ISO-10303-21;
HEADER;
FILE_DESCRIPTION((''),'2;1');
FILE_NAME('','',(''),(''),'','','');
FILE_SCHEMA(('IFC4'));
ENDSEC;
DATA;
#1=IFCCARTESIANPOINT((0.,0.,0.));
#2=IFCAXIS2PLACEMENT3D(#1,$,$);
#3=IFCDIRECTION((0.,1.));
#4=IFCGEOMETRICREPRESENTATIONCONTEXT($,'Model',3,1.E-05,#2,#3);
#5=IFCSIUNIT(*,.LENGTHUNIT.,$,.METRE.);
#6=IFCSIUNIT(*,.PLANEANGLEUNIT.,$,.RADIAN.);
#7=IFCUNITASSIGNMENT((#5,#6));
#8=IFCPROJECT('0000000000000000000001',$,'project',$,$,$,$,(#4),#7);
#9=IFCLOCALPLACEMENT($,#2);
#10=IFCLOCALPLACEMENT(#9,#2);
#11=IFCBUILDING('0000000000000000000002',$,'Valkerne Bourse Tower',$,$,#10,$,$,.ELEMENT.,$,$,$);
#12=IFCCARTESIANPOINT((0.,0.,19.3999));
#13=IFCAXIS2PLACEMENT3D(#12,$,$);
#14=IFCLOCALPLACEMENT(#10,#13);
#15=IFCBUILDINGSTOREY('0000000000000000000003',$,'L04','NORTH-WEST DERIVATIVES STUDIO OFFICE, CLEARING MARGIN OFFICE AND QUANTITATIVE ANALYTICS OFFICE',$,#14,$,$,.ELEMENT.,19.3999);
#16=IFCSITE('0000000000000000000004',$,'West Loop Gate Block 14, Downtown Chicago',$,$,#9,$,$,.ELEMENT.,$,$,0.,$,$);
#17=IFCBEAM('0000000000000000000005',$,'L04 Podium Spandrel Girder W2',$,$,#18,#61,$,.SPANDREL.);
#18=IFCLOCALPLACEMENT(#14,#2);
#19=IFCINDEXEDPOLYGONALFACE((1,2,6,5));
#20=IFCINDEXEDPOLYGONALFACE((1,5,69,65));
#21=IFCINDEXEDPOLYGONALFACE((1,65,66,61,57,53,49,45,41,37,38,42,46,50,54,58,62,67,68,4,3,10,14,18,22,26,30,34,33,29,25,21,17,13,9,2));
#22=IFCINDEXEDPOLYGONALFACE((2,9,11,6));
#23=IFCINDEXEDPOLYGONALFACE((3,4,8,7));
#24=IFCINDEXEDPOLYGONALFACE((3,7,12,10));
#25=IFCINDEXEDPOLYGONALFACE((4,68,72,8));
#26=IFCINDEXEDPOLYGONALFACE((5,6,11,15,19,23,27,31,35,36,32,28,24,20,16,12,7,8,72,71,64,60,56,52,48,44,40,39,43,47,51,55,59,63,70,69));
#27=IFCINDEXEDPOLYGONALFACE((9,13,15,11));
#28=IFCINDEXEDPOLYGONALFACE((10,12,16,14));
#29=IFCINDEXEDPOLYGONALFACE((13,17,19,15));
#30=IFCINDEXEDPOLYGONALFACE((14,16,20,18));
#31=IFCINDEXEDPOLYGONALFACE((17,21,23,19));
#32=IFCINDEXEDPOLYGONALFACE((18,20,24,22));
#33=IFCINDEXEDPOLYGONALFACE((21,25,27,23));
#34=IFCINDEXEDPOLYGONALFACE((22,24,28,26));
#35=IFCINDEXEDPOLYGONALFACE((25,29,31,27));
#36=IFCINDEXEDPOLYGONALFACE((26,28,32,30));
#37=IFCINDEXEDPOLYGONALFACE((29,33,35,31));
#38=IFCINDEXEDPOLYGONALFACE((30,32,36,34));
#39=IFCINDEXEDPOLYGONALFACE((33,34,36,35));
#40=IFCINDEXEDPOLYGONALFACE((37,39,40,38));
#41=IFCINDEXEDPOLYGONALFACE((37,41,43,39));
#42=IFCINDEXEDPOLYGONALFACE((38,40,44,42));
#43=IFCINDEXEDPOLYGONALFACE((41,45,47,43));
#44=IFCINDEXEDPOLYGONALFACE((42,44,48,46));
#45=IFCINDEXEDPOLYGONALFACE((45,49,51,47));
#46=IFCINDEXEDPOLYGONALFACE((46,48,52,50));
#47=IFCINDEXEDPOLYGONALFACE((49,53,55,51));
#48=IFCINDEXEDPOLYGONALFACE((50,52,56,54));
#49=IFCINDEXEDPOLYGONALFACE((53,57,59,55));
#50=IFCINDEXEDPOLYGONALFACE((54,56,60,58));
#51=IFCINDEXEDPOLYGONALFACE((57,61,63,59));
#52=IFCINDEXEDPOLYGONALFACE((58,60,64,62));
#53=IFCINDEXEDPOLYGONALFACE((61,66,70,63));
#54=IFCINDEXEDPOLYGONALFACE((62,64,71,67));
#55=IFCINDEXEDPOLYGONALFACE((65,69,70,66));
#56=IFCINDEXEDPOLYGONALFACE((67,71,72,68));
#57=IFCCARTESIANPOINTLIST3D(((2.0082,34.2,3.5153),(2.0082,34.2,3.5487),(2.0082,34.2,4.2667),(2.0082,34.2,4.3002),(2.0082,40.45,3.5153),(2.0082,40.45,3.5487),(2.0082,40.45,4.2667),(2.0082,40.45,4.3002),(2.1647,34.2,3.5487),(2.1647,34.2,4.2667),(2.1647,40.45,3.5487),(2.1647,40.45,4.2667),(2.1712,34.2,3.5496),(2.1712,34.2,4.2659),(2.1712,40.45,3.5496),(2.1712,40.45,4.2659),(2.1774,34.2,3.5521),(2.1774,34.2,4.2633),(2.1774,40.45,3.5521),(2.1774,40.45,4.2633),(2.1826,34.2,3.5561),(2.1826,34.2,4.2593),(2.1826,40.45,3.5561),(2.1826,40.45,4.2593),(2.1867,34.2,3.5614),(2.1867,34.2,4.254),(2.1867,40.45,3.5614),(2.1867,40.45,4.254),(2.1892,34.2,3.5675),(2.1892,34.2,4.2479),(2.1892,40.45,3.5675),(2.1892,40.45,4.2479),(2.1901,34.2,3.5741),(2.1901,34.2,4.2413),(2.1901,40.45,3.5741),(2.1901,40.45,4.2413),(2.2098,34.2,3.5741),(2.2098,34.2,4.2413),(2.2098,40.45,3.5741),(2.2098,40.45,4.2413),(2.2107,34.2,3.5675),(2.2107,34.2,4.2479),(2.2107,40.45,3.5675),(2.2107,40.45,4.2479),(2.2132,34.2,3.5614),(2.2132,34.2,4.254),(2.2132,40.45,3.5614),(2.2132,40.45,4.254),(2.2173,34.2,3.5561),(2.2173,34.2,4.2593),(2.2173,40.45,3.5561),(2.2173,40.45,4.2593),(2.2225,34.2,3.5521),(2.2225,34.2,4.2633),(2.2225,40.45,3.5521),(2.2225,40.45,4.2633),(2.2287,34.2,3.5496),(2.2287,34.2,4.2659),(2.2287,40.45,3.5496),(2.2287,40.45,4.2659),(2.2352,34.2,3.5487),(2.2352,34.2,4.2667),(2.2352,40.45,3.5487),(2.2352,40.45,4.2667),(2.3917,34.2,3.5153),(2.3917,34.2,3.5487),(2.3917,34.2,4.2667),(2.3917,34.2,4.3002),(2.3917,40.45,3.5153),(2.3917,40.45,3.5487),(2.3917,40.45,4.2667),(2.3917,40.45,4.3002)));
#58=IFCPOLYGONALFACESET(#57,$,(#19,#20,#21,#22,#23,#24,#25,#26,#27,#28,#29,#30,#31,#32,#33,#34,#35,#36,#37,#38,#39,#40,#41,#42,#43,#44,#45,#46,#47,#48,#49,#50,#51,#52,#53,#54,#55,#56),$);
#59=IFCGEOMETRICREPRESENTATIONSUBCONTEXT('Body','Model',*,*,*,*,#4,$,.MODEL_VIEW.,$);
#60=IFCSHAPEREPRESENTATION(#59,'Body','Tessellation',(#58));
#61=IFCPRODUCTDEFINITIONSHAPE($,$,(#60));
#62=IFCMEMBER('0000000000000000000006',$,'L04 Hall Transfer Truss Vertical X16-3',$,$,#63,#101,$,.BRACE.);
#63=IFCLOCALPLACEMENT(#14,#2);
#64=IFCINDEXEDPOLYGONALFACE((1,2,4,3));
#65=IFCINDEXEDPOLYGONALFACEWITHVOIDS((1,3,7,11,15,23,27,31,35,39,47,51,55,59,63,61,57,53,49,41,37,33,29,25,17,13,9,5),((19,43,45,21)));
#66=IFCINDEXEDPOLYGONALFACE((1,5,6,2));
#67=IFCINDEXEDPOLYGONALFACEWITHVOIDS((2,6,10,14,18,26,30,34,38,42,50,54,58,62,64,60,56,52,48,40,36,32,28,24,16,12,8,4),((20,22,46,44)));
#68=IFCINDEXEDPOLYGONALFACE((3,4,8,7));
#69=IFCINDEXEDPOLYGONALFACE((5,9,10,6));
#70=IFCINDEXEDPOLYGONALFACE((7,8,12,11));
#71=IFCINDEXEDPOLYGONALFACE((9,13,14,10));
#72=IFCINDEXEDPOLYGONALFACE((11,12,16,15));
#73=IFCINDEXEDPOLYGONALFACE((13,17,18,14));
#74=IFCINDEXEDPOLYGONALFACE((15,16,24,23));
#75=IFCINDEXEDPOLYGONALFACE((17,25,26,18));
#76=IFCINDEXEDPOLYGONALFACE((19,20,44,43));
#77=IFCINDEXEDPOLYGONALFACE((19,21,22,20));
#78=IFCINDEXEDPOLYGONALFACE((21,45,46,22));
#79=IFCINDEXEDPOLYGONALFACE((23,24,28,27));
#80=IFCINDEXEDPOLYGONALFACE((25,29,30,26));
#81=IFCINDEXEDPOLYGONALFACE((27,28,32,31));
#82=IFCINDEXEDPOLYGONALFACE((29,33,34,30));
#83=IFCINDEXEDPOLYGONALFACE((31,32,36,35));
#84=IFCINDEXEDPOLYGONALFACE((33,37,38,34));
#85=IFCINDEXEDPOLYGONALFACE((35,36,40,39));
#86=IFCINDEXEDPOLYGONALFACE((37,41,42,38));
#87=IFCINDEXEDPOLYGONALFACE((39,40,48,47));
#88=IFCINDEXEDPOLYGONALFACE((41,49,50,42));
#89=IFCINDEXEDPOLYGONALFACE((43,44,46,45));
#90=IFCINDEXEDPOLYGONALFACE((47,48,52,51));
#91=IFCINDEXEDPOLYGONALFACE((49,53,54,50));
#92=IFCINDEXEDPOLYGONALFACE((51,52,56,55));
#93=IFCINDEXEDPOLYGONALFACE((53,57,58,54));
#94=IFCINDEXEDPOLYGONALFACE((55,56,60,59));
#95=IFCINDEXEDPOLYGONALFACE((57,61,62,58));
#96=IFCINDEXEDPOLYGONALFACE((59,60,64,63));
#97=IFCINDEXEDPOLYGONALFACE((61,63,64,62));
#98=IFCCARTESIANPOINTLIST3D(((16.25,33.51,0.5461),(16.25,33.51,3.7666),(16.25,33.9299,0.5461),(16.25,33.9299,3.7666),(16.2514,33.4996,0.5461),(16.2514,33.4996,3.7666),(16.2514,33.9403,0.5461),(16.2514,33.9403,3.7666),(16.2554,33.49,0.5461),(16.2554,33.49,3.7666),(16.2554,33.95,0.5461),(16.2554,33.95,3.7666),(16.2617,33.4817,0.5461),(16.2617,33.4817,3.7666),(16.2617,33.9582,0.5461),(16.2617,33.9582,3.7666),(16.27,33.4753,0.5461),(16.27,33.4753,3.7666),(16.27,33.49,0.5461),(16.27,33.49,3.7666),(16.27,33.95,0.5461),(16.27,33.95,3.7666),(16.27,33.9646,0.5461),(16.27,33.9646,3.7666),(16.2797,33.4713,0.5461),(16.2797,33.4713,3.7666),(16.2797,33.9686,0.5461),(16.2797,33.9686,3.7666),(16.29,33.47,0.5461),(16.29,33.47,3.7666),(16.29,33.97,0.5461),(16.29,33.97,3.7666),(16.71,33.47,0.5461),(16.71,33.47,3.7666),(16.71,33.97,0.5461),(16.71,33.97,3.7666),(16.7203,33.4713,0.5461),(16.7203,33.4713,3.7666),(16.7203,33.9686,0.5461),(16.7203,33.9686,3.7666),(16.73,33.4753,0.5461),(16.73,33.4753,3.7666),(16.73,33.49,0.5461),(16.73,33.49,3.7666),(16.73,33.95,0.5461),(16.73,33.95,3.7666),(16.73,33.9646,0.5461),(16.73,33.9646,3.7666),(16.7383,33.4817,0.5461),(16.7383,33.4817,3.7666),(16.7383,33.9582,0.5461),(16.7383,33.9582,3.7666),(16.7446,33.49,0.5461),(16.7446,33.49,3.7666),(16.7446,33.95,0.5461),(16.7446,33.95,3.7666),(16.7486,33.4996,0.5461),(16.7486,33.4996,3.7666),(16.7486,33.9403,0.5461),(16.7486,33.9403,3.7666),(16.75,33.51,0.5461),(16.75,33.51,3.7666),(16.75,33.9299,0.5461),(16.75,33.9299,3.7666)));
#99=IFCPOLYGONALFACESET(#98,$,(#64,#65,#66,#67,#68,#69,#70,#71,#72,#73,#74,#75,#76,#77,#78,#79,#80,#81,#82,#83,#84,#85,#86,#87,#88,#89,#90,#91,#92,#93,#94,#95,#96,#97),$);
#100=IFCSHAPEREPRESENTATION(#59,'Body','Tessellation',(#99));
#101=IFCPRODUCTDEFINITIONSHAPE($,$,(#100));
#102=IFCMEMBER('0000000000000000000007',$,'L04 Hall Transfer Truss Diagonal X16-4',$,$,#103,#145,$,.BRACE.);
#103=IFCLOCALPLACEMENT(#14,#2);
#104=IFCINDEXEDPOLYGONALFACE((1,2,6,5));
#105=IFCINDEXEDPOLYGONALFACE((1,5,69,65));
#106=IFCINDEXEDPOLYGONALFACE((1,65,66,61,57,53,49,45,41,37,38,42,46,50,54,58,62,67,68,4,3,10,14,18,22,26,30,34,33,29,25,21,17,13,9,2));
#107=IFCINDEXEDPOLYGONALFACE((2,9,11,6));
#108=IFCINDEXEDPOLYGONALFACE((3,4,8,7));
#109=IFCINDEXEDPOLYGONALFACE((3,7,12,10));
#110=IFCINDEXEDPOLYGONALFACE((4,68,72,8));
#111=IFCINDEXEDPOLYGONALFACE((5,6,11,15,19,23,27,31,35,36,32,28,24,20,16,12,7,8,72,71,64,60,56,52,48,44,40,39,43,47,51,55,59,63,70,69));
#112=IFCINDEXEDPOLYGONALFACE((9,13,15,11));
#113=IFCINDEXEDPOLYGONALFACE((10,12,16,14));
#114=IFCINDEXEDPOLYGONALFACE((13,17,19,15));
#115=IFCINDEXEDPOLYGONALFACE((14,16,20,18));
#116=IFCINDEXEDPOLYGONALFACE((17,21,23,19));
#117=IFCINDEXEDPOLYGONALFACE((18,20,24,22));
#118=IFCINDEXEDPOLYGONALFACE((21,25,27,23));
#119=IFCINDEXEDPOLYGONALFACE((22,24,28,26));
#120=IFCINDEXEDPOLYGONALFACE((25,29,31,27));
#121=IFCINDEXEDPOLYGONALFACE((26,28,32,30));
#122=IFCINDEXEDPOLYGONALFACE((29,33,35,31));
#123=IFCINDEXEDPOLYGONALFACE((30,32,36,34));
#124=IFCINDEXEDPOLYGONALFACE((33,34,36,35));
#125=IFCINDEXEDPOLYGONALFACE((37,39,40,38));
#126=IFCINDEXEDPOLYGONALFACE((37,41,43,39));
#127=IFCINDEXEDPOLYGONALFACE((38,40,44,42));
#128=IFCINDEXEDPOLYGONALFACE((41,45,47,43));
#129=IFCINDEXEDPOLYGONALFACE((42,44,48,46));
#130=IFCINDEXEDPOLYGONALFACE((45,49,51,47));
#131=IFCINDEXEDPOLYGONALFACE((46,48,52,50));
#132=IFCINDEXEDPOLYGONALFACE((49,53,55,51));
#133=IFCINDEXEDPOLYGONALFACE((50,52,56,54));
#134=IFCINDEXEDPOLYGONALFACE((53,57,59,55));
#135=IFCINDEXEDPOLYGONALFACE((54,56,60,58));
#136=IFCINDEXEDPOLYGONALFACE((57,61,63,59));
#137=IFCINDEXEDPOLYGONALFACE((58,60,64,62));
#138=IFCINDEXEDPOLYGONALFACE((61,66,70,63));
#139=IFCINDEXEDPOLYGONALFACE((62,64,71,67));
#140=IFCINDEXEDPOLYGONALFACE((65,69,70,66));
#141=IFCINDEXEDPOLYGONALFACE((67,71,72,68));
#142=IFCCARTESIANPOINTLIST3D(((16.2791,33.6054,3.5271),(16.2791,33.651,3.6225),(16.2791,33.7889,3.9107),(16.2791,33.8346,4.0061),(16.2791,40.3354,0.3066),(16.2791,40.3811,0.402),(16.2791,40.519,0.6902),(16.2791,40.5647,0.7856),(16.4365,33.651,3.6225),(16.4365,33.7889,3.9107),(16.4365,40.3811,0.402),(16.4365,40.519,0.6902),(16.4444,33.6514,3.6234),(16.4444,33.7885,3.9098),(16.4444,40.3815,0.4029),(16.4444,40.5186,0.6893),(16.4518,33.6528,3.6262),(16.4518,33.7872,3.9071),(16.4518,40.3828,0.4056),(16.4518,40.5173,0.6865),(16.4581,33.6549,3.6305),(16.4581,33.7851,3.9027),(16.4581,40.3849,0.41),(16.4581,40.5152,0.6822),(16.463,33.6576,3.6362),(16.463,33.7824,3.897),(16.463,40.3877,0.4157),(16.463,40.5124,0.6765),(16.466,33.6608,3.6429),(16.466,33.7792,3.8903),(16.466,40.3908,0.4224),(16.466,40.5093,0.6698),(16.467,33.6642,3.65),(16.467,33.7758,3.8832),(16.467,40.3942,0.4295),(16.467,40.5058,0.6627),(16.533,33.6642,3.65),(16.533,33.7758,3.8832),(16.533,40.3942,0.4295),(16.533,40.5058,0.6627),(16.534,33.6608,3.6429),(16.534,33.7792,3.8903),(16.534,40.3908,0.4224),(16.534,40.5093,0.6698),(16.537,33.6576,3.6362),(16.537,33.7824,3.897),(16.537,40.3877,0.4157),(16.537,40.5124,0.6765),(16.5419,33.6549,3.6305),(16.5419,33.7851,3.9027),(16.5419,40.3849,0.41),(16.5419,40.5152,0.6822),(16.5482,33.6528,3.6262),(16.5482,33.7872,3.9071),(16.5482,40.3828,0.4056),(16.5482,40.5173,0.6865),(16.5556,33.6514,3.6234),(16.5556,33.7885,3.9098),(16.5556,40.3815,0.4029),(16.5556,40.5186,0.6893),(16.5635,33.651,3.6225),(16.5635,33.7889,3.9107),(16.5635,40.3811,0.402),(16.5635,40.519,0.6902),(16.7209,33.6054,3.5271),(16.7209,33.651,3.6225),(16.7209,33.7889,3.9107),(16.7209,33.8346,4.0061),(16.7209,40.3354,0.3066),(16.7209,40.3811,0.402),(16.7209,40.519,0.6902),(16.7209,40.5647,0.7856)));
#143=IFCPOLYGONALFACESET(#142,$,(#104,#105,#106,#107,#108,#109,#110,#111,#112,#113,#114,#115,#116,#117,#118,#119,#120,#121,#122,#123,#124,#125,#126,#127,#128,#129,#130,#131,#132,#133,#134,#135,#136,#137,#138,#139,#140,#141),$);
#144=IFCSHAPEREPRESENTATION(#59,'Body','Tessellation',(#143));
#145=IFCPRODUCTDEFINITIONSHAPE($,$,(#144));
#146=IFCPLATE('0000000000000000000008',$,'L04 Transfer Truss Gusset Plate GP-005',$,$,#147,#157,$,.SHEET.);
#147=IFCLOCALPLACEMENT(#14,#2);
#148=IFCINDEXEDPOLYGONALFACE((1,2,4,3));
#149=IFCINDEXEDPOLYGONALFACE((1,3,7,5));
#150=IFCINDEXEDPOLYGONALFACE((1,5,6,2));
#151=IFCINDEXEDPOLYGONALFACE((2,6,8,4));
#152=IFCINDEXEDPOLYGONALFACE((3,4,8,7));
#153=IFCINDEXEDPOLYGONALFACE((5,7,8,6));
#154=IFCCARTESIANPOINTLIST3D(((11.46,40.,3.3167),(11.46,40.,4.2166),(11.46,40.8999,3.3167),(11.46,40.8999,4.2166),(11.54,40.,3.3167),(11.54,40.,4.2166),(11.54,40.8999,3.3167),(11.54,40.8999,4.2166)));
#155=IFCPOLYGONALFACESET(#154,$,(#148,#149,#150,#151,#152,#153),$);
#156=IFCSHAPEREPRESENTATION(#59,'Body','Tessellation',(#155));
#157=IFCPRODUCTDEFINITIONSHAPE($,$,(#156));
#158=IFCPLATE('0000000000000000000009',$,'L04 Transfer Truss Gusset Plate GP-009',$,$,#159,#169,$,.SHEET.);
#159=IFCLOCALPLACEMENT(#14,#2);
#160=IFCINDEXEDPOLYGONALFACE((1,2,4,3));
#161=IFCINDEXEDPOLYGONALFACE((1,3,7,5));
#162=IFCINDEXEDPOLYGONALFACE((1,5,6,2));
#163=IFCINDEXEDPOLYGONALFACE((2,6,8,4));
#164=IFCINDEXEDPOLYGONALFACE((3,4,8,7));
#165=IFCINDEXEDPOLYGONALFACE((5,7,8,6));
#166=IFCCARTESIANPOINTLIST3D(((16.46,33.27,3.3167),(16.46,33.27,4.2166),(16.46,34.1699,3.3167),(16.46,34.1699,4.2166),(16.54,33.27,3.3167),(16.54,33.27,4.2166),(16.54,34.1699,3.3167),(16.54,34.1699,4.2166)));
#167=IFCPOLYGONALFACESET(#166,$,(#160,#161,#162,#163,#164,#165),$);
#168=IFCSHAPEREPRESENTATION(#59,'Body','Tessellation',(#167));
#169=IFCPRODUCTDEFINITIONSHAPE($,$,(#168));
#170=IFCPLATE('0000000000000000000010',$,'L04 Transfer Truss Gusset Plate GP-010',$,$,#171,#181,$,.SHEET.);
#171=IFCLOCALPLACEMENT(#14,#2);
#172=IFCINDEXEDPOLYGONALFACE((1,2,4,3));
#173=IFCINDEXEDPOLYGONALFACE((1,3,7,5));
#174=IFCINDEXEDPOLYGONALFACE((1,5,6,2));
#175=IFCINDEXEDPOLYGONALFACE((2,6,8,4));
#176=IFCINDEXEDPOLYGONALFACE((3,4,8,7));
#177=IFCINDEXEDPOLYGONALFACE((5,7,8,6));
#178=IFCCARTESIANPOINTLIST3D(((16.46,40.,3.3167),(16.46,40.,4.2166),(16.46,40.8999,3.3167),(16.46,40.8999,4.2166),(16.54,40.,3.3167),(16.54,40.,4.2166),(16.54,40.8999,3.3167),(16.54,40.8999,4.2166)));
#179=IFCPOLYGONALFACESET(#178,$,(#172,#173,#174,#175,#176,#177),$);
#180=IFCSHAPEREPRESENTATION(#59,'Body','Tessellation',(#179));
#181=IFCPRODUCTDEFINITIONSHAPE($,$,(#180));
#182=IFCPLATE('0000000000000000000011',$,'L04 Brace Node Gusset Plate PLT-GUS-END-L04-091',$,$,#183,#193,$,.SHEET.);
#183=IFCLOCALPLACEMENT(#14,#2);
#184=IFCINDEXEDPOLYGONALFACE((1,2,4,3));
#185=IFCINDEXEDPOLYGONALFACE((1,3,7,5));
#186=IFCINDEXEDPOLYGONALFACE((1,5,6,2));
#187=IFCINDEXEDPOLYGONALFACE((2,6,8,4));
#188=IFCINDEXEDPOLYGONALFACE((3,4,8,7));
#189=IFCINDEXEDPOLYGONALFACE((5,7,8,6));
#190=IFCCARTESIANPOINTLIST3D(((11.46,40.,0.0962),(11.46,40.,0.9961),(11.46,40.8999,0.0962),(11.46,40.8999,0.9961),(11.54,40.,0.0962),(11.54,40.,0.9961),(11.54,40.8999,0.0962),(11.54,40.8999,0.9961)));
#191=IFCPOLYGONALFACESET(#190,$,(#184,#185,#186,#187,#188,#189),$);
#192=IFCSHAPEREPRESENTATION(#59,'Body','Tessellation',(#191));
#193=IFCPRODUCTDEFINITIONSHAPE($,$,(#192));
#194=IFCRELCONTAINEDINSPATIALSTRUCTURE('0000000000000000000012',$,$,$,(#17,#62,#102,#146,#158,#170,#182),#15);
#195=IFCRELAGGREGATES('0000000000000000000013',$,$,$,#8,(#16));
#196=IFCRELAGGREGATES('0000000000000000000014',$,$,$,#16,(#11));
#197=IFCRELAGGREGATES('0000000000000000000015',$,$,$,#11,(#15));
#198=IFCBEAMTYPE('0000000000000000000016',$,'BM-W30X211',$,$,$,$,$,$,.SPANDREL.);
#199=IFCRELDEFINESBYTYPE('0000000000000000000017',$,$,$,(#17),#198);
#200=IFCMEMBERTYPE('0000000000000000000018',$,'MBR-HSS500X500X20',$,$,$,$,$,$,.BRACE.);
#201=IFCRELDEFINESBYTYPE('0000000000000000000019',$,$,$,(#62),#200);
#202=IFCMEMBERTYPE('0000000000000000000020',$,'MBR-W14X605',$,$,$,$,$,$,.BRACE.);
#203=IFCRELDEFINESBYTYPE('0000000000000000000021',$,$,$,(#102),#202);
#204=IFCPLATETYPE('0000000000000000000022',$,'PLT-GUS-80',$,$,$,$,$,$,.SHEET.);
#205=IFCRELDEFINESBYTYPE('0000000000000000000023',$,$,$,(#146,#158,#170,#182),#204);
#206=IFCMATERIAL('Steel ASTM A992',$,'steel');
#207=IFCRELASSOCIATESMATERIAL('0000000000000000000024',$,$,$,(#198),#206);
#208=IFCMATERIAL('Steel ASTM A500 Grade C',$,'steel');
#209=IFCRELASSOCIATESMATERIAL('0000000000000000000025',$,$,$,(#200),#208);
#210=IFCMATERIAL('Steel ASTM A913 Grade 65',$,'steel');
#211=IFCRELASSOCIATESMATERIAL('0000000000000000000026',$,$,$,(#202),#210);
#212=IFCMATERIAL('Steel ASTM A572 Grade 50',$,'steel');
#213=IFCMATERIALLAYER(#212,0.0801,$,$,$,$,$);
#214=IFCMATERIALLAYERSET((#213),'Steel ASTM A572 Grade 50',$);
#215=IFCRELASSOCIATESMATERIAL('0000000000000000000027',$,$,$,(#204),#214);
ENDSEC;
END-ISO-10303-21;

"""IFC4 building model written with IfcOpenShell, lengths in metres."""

from ifc_helpers import new_model, si_unit, direction, frame, origin, origin_2d, place, context, subcontext, project, spatial, rectangle, hollow_rectangle, i_section, extrude, material, layer, layer_set, material_profile, profile_set, type_object, element, save


model = new_model("IFC4")

# Units and contexts
model_context = context("Model", 3, precision=1e-05, world=origin(), true_north=direction((0.0, 1.0)))
body_context = subcontext(model_context, "Body", "Model", "MODEL_VIEW")
ifc_project = project(units=[si_unit("LENGTHUNIT", "METRE"), si_unit("PLANEANGLEUNIT", "RADIAN")], contexts=[model_context])

# Site, building, storey
site_placement = place(None, origin())
site = spatial("IfcSite", under=ifc_project, at=site_placement, Name="West Loop Gate Block 14, Downtown Chicago", CompositionType="ELEMENT", RefElevation=0.0)
building_placement = place(site_placement, origin())
building = spatial("IfcBuilding", under=site, at=building_placement, Name="Valkerne Bourse Tower", CompositionType="ELEMENT")
storey_placement = place(building_placement, frame((0.0, 0.0, 19.3999)))
storey = spatial("IfcBuildingStorey", under=building, at=storey_placement, Name="L04", Description="NORTH-WEST DERIVATIVES STUDIO OFFICE, CLEARING MARGIN OFFICE AND QUANTITATIVE ANALYTICS OFFICE", CompositionType="ELEMENT", Elevation=19.3999)

# Beam
ifc_material_1 = material(Name="Steel ASTM A992", Category="steel")
ifc_material_profile_1 = material_profile(ifc_material_1, i_section(OverallWidth=0.3835, OverallDepth=0.7849, WebThickness=0.0198, FlangeThickness=0.0334, FilletRadius=0.0254, at=origin_2d()), Name="W30X211")
ifc_profile_set_1 = profile_set([ifc_material_profile_1], Name="Steel ASTM A992")
beam_type = type_object("IfcBeamType", Name="BM-W30X211", PredefinedType="SPANDREL", material=ifc_profile_set_1)
beam_1_placement = place(storey_placement, frame((2.2, 34.2, 3.9077), z_axis=(0.0, 1.0, 0.0), x_axis=(-1.0, 0.0, 0.0)))
element("IfcBeam", 1, at=beam_1_placement, inside=storey, type_object=beam_type, Name="L04 Podium Spandrel Girder W2", PredefinedType="SPANDREL", context=body_context, shape_type="SweptSolid", body=[
    extrude(i_section(OverallWidth=0.3835, OverallDepth=0.7849, WebThickness=0.0198, FlangeThickness=0.0334, FilletRadius=0.0254, at=origin_2d()), origin(), (0.0, 0.0, 1.0), 6.25),
])

# Members
ifc_material_2 = material(Name="Steel ASTM A500 Grade C", Category="steel")
ifc_material_profile_2 = material_profile(ifc_material_2, hollow_rectangle(XDim=0.5, YDim=0.5, WallThickness=0.02, OuterFilletRadius=0.04, at=origin_2d()), Name="HSS500X500X20")
ifc_profile_set_2 = profile_set([ifc_material_profile_2], Name="Steel ASTM A500 Grade C")
member_type_1 = type_object("IfcMemberType", Name="MBR-HSS500X500X20", PredefinedType="BRACE", material=ifc_profile_set_2)
member_1_placement = place(storey_placement, frame((16.5, 33.72, 0.5461), z_axis=(0.0, 0.0, 1.0), x_axis=(1.0, 0.0, 0.0)))
element("IfcMember", 2, at=member_1_placement, inside=storey, type_object=member_type_1, Name="L04 Hall Transfer Truss Vertical X16-3", PredefinedType="BRACE", context=body_context, shape_type="SweptSolid", body=[
    extrude(hollow_rectangle(XDim=0.5, YDim=0.5, WallThickness=0.02, OuterFilletRadius=0.04, at=origin_2d()), origin(), (0.0, 0.0, 1.0), 3.2205),
])
ifc_material_3 = material(Name="Steel ASTM A913 Grade 65", Category="steel")
ifc_material_profile_3 = material_profile(ifc_material_3, i_section(OverallWidth=0.4419, OverallDepth=0.531, WebThickness=0.0659, FlangeThickness=0.1057, FilletRadius=0.0305, at=origin_2d()), Name="W14X605")
ifc_profile_set_3 = profile_set([ifc_material_profile_3], Name="Steel ASTM A913 Grade 65")
member_type_2 = type_object("IfcMemberType", Name="MBR-W14X605", PredefinedType="BRACE", material=ifc_profile_set_3)
member_2_placement = place(storey_placement, frame((16.5, 33.72, 3.7666), z_axis=(0.0, 0.902042, -0.431649), x_axis=(-1.0, 0.0, 0.0)))
element("IfcMember", 3, at=member_2_placement, inside=storey, type_object=member_type_2, Name="L04 Hall Transfer Truss Diagonal X16-4", PredefinedType="BRACE", context=body_context, shape_type="SweptSolid", body=[
    extrude(i_section(OverallWidth=0.4419, OverallDepth=0.531, WebThickness=0.0659, FlangeThickness=0.1057, FilletRadius=0.0305, at=origin_2d()), origin(), (0.0, 0.0, 1.0), 7.4609),
])

# Plates
ifc_material_4 = material(Name="Steel ASTM A572 Grade 50", Category="steel")
ifc_layer_1 = layer(ifc_material_4, 0.0801)
ifc_layer_set_1 = layer_set([ifc_layer_1], Name="Steel ASTM A572 Grade 50")
plate_type = type_object("IfcPlateType", Name="PLT-GUS-80", PredefinedType="SHEET", material=ifc_layer_set_1)
for number, where, z_axis, x_axis, name in (
    (4, (11.5, 40.45, 3.3167), (0.0, 0.0, 1.0), (1.0, 0.0, 0.0), "L04 Transfer Truss Gusset Plate GP-005"),
    (5, (16.5, 33.72, 3.3167), (0.0, 0.0, 1.0), (1.0, 0.0, 0.0), "L04 Transfer Truss Gusset Plate GP-009"),
    (6, (16.5, 40.45, 3.3167), (0.0, 0.0, 1.0), (1.0, 0.0, 0.0), "L04 Transfer Truss Gusset Plate GP-010"),
):
    element("IfcPlate", number, at=place(storey_placement, frame(where, z_axis=z_axis, x_axis=x_axis)), inside=storey, type_object=plate_type, Name=name, PredefinedType="SHEET", context=body_context, shape_type="SweptSolid", body=[
        extrude(rectangle(XDim=0.0801, YDim=0.8999, at=origin_2d()), origin(), (0.0, 0.0, 1.0), 0.8999),
    ])
for number, where, z_axis, x_axis, name in (
    (7, (11.5, 40.45, 0.0962), (0.0, 0.0, 1.0), (0.0, 1.0, 0.0), "L04 Brace Node Gusset Plate PLT-GUS-END-L04-091"),
):
    element("IfcPlate", number, at=place(storey_placement, frame(where, z_axis=z_axis, x_axis=x_axis)), inside=storey, type_object=plate_type, Name=name, PredefinedType="SHEET", context=body_context, shape_type="SweptSolid", body=[
        extrude(rectangle(XDim=0.8999, YDim=0.0801, at=origin_2d()), origin(), (0.0, 0.0, 1.0), 0.8999),
    ])

save(model, "model.ifc")
